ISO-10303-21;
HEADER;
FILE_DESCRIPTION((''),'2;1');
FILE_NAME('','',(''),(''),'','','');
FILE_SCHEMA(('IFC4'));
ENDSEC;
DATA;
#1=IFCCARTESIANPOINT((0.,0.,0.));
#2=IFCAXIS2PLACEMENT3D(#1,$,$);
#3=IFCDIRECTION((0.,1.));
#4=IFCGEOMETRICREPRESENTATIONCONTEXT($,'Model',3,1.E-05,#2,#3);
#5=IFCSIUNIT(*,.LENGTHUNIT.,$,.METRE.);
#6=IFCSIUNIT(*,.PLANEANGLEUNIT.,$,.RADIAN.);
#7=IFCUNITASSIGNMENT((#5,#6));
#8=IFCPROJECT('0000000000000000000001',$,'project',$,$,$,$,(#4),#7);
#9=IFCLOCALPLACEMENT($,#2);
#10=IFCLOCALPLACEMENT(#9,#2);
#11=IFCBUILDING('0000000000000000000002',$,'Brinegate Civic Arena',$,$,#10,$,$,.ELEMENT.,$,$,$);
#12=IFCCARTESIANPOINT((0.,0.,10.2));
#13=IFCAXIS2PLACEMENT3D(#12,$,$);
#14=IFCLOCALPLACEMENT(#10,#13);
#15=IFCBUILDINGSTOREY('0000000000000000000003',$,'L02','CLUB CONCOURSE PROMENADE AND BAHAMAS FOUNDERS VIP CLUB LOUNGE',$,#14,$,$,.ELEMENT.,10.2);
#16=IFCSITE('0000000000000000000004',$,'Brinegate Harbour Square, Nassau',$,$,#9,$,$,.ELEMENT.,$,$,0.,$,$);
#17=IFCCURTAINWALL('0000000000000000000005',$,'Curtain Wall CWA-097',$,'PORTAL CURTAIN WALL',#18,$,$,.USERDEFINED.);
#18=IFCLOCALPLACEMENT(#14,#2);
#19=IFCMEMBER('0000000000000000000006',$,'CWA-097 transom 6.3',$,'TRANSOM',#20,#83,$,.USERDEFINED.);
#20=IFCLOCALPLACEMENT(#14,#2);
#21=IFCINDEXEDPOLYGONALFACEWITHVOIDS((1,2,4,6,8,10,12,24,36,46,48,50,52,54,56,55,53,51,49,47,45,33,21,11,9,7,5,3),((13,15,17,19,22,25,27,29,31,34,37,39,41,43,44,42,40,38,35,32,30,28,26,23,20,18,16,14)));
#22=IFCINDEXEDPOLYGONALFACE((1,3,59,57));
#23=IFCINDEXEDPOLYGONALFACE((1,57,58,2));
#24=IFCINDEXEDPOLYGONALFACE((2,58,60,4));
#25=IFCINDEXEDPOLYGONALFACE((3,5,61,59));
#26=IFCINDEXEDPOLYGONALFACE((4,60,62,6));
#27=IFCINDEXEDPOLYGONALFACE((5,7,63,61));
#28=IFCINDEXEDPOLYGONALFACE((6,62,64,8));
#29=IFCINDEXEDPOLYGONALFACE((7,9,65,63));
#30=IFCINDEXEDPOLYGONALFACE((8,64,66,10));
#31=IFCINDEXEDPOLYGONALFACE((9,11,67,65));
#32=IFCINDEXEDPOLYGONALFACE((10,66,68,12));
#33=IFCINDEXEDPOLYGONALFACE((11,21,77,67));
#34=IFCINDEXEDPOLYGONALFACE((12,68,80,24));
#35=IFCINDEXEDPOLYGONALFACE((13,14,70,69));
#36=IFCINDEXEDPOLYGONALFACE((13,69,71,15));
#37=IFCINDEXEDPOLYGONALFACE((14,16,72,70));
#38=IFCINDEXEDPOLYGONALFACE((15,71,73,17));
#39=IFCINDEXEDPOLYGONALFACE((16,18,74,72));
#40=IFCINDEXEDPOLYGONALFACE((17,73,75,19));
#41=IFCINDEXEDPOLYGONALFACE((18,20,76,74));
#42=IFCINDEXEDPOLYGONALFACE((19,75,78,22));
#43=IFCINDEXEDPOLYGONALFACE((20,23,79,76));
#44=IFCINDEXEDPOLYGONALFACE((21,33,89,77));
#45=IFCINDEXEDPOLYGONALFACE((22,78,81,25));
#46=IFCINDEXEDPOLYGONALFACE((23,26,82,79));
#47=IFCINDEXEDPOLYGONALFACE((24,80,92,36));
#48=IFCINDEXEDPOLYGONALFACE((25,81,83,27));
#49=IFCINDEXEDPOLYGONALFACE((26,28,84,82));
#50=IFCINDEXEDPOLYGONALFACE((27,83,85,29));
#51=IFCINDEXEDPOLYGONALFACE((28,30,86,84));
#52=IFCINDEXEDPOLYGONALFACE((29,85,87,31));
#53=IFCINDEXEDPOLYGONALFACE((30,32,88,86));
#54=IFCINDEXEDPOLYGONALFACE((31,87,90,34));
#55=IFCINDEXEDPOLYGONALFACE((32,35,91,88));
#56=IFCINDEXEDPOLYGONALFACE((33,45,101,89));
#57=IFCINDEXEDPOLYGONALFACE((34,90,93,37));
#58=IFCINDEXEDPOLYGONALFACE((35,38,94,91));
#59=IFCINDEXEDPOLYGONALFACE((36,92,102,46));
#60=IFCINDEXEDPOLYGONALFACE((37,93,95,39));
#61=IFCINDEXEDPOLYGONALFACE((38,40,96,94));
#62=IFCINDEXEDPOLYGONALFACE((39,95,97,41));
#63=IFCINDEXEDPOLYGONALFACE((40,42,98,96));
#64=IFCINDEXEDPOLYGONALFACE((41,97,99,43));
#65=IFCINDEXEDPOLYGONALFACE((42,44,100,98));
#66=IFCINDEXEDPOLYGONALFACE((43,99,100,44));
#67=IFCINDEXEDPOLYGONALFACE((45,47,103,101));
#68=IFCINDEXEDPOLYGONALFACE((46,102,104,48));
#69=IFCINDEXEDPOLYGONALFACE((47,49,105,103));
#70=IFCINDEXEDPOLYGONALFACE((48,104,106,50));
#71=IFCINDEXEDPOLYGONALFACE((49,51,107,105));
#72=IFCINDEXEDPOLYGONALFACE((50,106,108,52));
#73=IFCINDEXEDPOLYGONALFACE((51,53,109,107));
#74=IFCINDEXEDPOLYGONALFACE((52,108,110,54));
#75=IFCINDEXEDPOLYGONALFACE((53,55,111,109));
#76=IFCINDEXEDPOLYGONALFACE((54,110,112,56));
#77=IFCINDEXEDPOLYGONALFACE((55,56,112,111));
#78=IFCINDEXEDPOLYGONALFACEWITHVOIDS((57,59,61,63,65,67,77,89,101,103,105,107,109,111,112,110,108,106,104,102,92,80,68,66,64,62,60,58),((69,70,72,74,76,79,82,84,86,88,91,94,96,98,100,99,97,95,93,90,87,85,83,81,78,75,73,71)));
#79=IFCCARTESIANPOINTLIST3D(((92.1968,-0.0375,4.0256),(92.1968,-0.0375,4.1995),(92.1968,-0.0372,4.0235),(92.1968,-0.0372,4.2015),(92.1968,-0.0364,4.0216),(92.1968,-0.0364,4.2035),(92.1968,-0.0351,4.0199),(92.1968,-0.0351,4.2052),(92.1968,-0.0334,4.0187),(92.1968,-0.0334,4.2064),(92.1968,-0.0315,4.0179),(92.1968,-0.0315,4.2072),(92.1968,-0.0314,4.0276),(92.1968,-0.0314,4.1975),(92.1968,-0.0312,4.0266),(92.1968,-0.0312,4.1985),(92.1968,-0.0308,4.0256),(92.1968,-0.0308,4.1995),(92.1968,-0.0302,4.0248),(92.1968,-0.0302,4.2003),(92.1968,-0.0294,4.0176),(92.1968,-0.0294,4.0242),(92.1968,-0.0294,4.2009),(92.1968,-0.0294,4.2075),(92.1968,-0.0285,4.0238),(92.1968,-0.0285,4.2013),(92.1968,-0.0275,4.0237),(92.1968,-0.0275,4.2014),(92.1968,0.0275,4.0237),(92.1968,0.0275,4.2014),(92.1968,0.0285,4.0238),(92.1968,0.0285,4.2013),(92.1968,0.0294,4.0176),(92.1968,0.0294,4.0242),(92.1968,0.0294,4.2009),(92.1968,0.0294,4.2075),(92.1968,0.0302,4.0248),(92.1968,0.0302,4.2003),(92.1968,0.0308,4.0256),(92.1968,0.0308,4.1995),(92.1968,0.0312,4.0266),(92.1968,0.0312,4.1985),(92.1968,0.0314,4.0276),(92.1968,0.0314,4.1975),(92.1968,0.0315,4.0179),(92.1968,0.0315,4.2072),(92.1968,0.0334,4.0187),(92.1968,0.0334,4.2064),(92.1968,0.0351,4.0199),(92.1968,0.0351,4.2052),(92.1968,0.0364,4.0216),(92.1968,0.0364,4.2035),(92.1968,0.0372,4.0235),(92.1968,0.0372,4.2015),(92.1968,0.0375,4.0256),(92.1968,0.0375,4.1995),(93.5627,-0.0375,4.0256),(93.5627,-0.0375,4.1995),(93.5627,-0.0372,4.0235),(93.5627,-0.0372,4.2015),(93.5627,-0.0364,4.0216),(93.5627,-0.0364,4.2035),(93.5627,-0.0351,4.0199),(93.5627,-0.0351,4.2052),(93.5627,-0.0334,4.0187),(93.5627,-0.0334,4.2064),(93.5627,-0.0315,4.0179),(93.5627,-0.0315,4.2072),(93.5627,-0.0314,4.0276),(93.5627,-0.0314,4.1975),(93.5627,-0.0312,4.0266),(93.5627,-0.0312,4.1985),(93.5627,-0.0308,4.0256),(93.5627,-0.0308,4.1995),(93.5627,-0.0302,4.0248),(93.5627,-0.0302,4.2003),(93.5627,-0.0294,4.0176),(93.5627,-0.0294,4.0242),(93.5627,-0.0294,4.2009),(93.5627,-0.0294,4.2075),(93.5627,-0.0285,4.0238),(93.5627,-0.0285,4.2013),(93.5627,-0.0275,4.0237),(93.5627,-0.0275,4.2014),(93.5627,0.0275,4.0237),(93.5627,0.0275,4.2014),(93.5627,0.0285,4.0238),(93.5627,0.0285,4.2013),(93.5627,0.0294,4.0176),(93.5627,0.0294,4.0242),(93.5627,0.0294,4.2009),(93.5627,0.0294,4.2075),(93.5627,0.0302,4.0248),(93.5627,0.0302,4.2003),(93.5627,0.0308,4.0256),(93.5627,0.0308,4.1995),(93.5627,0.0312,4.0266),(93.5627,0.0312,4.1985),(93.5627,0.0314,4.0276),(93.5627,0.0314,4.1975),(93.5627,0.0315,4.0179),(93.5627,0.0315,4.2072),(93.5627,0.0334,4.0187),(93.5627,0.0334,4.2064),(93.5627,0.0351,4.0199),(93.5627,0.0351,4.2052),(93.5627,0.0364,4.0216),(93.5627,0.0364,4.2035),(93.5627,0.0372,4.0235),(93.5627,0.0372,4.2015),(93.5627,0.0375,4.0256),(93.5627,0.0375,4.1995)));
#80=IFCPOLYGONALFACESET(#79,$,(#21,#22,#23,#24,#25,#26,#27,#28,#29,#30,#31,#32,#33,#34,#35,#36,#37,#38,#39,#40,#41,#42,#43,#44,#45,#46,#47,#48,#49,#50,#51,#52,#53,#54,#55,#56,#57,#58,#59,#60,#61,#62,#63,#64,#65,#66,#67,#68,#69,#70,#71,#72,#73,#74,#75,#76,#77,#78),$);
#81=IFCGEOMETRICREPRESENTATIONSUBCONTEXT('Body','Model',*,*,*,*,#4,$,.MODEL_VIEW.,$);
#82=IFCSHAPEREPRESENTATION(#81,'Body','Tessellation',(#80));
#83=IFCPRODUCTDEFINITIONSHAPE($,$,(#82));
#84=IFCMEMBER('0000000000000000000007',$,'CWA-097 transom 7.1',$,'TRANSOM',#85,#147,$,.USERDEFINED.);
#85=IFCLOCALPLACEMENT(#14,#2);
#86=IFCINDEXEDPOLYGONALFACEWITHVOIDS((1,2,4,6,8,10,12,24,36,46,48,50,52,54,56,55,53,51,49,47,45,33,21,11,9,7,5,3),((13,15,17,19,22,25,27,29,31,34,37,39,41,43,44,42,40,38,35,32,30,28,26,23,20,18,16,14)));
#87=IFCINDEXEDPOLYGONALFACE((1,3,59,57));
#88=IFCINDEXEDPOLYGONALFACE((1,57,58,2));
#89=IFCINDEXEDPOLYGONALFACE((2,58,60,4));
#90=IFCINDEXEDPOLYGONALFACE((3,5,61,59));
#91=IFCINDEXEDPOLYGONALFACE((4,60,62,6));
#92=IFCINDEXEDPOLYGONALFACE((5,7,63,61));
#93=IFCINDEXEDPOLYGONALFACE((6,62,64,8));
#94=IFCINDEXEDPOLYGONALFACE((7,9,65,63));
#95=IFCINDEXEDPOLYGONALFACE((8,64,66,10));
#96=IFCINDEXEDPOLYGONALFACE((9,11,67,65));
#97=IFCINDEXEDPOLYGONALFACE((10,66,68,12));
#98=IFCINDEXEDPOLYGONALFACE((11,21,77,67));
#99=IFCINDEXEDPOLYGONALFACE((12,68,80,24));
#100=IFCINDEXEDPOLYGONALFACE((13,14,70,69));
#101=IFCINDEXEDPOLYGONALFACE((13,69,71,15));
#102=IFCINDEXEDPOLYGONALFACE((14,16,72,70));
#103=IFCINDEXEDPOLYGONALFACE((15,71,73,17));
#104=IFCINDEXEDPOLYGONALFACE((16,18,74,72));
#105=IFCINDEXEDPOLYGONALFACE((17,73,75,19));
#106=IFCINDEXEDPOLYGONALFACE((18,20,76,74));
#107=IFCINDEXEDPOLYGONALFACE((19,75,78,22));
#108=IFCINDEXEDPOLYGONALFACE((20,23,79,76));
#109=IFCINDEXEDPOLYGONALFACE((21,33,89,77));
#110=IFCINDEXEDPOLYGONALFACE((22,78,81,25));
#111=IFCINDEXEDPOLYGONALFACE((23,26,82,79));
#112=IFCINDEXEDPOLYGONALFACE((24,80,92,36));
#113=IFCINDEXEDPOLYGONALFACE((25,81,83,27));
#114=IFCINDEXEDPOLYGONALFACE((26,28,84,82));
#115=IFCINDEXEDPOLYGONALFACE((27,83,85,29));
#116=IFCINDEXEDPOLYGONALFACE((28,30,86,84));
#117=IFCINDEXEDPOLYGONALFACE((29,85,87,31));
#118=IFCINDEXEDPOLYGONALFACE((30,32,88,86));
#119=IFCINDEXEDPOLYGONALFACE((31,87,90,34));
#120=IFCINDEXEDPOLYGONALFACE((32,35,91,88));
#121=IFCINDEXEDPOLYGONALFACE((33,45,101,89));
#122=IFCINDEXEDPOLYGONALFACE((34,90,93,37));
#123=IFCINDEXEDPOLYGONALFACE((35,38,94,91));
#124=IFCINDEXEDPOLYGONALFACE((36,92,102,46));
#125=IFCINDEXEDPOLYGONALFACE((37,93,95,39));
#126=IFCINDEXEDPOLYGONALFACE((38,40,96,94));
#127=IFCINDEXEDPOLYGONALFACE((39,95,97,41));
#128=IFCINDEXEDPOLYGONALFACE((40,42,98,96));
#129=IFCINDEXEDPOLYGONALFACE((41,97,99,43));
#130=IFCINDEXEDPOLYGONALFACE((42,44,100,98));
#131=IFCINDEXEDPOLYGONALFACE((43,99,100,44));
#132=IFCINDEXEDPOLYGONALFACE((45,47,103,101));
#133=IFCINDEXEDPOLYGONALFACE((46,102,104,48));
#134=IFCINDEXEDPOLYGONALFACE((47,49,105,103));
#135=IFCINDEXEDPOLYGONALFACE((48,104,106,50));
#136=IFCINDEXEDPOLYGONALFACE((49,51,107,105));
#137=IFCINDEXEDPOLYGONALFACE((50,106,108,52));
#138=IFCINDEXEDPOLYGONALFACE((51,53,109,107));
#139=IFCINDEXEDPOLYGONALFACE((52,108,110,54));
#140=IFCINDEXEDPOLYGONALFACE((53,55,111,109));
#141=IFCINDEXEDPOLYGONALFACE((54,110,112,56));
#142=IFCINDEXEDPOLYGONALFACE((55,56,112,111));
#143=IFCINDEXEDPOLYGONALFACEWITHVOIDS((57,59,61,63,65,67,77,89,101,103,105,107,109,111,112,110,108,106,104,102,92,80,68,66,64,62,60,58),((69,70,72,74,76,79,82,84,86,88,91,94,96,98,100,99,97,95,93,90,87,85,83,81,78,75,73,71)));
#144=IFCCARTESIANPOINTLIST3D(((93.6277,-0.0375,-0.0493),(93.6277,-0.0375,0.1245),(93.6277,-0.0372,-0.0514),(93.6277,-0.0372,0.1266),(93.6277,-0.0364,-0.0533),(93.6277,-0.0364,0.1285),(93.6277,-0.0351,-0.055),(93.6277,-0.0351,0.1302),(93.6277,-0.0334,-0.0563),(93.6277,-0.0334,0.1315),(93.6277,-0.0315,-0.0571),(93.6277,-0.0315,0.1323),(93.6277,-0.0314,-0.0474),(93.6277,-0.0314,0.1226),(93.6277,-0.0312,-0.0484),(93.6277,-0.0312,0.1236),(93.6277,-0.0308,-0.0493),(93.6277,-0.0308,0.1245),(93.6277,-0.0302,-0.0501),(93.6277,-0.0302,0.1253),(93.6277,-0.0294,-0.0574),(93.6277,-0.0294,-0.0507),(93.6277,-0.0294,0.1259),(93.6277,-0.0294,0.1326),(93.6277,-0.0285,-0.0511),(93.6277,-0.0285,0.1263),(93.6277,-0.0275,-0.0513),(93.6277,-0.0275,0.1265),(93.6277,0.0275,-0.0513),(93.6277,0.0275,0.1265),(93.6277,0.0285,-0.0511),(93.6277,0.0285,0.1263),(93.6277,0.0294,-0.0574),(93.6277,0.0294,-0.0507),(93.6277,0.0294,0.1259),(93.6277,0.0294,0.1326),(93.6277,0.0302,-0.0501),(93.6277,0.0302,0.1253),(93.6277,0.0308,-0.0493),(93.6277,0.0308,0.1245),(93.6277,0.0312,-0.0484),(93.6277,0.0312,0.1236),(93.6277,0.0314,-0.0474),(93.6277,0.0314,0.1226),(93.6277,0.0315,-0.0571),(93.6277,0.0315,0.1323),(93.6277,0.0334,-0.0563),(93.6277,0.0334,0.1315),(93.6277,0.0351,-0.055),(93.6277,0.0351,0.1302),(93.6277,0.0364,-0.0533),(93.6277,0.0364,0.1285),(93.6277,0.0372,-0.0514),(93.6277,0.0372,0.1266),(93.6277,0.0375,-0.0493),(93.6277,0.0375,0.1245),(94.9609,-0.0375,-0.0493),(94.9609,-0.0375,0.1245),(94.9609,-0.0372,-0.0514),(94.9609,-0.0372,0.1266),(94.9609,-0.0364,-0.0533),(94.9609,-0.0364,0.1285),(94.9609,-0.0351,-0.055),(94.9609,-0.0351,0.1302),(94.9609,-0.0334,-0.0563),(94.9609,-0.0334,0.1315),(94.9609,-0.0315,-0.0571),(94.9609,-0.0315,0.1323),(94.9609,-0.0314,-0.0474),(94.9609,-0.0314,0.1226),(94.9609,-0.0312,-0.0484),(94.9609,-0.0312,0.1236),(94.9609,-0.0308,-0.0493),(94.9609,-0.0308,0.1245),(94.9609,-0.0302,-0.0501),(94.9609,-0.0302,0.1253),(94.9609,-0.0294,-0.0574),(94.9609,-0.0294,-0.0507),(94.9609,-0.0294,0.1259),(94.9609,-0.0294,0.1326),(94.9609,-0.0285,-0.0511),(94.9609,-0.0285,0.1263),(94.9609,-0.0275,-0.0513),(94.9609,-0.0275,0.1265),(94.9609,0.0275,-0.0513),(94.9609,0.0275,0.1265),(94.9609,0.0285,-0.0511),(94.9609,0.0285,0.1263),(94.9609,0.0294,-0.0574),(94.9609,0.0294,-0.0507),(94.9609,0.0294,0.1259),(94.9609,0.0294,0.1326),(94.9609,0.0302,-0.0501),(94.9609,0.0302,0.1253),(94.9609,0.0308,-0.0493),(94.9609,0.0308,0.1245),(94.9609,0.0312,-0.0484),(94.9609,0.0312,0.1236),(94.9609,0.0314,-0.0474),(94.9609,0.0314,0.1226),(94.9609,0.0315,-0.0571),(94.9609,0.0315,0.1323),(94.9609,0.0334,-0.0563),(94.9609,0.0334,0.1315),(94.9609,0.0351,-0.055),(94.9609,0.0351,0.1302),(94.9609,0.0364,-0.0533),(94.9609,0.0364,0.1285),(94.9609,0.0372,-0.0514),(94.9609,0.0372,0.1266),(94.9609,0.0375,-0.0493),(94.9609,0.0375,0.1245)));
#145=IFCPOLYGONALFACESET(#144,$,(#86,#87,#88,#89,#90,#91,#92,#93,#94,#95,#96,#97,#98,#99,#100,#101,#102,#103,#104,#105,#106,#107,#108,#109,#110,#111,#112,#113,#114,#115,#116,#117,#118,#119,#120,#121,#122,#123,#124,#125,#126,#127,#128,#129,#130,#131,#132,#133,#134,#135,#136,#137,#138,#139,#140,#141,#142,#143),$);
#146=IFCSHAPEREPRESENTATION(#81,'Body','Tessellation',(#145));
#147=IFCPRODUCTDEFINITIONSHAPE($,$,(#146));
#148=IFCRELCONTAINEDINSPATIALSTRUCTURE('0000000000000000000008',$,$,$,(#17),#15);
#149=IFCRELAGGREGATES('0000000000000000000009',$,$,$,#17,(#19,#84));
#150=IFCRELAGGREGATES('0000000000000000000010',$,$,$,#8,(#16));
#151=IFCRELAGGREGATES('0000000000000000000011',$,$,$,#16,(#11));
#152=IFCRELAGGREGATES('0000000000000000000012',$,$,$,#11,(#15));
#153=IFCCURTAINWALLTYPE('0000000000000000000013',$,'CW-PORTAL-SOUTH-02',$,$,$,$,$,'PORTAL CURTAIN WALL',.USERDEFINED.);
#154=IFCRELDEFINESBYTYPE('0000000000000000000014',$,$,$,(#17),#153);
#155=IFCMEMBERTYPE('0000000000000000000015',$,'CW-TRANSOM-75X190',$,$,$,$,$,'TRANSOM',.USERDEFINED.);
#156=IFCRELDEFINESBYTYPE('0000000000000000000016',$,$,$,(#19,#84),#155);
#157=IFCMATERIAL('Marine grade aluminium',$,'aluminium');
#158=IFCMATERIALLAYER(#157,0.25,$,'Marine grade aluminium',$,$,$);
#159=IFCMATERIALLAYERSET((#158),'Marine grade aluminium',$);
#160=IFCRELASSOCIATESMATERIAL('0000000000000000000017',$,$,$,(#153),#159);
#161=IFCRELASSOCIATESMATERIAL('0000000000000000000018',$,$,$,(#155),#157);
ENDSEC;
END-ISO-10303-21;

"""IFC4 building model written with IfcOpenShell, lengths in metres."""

from ifc_helpers import new_model, si_unit, direction, frame, origin, origin_2d, place, context, subcontext, project, spatial, hollow_rectangle, extrude, material, layer, layer_set, material_profile, profile_set, type_object, element, aggregate, save


model = new_model("IFC4")

# Units and contexts
model_context = context("Model", 3, precision=1e-05, world=origin(), true_north=direction((0.0, 1.0)))
body_context = subcontext(model_context, "Body", "Model", "MODEL_VIEW")
ifc_project = project(units=[si_unit("LENGTHUNIT", "METRE"), si_unit("PLANEANGLEUNIT", "RADIAN")], contexts=[model_context])

# Site, building, storey
site_placement = place(None, origin())
site = spatial("IfcSite", under=ifc_project, at=site_placement, Name="Brinegate Harbour Square, Nassau", CompositionType="ELEMENT", RefElevation=0.0)
building_placement = place(site_placement, origin())
building = spatial("IfcBuilding", under=site, at=building_placement, Name="Brinegate Civic Arena", CompositionType="ELEMENT")
storey_placement = place(building_placement, frame((0.0, 0.0, 10.2)))
storey = spatial("IfcBuildingStorey", under=building, at=storey_placement, Name="L02", Description="CLUB CONCOURSE PROMENADE AND BAHAMAS FOUNDERS VIP CLUB LOUNGE", CompositionType="ELEMENT", Elevation=10.2)

# Curtain wall, members
ifc_material_1 = material(Name="Marine grade aluminium", Category="aluminium")
ifc_layer_1 = layer(ifc_material_1, 0.25, Name="Marine grade aluminium")
ifc_layer_set_1 = layer_set([ifc_layer_1], Name="Marine grade aluminium")
curtain_wall_type = type_object("IfcCurtainWallType", Name="CW-PORTAL-SOUTH-02", ElementType="PORTAL CURTAIN WALL", PredefinedType="USERDEFINED", material=ifc_layer_set_1)
curtain_wall_placement = place(storey_placement, origin())
curtain_wall = element("IfcCurtainWall", 1, at=curtain_wall_placement, inside=storey, type_object=curtain_wall_type, Name="Curtain Wall CWA-097", ObjectType="PORTAL CURTAIN WALL", PredefinedType="USERDEFINED")
ifc_material_profile_1 = material_profile(ifc_material_1, hollow_rectangle(XDim=0.075, YDim=0.1899, WallThickness=0.0061, InnerFilletRadius=0.0039, OuterFilletRadius=0.0081, at=origin_2d()), Name="TRN75X190")
ifc_profile_set_1 = profile_set([ifc_material_profile_1], Name="Marine grade aluminium")
member_type_1 = type_object("IfcMemberType", Name="CW-TRANSOM-75X190", ElementType="TRANSOM", PredefinedType="USERDEFINED", material=ifc_profile_set_1)
member_1_placement = place(storey_placement, frame((92.1968, 0.0, 4.1125), z_axis=(1.0, 0.0, 0.0), x_axis=(0.0, 1.0, 0.0)))
member_1 = element("IfcMember", 2, at=member_1_placement, type_object=member_type_1, Name="CWA-097 transom 6.3", ObjectType="TRANSOM", PredefinedType="USERDEFINED", context=body_context, shape_type="SweptSolid", body=[
    extrude(hollow_rectangle(XDim=0.075, YDim=0.1899, WallThickness=0.0061, InnerFilletRadius=0.0039, OuterFilletRadius=0.0081, at=origin_2d()), origin(), (0.0, 0.0, 1.0), 1.366),
])
member_2_placement = place(storey_placement, frame((93.6277, 0.0, 0.0376), z_axis=(1.0, 0.0, 0.0), x_axis=(0.0, 1.0, 0.0)))
member_2 = element("IfcMember", 3, at=member_2_placement, type_object=member_type_1, Name="CWA-097 transom 7.1", ObjectType="TRANSOM", PredefinedType="USERDEFINED", context=body_context, shape_type="SweptSolid", body=[
    extrude(hollow_rectangle(XDim=0.075, YDim=0.1899, WallThickness=0.0061, InnerFilletRadius=0.0039, OuterFilletRadius=0.0081, at=origin_2d()), origin(), (0.0, 0.0, 1.0), 1.3333),
])
aggregate(curtain_wall, [member_1, member_2])

save(model, "model.ifc")
